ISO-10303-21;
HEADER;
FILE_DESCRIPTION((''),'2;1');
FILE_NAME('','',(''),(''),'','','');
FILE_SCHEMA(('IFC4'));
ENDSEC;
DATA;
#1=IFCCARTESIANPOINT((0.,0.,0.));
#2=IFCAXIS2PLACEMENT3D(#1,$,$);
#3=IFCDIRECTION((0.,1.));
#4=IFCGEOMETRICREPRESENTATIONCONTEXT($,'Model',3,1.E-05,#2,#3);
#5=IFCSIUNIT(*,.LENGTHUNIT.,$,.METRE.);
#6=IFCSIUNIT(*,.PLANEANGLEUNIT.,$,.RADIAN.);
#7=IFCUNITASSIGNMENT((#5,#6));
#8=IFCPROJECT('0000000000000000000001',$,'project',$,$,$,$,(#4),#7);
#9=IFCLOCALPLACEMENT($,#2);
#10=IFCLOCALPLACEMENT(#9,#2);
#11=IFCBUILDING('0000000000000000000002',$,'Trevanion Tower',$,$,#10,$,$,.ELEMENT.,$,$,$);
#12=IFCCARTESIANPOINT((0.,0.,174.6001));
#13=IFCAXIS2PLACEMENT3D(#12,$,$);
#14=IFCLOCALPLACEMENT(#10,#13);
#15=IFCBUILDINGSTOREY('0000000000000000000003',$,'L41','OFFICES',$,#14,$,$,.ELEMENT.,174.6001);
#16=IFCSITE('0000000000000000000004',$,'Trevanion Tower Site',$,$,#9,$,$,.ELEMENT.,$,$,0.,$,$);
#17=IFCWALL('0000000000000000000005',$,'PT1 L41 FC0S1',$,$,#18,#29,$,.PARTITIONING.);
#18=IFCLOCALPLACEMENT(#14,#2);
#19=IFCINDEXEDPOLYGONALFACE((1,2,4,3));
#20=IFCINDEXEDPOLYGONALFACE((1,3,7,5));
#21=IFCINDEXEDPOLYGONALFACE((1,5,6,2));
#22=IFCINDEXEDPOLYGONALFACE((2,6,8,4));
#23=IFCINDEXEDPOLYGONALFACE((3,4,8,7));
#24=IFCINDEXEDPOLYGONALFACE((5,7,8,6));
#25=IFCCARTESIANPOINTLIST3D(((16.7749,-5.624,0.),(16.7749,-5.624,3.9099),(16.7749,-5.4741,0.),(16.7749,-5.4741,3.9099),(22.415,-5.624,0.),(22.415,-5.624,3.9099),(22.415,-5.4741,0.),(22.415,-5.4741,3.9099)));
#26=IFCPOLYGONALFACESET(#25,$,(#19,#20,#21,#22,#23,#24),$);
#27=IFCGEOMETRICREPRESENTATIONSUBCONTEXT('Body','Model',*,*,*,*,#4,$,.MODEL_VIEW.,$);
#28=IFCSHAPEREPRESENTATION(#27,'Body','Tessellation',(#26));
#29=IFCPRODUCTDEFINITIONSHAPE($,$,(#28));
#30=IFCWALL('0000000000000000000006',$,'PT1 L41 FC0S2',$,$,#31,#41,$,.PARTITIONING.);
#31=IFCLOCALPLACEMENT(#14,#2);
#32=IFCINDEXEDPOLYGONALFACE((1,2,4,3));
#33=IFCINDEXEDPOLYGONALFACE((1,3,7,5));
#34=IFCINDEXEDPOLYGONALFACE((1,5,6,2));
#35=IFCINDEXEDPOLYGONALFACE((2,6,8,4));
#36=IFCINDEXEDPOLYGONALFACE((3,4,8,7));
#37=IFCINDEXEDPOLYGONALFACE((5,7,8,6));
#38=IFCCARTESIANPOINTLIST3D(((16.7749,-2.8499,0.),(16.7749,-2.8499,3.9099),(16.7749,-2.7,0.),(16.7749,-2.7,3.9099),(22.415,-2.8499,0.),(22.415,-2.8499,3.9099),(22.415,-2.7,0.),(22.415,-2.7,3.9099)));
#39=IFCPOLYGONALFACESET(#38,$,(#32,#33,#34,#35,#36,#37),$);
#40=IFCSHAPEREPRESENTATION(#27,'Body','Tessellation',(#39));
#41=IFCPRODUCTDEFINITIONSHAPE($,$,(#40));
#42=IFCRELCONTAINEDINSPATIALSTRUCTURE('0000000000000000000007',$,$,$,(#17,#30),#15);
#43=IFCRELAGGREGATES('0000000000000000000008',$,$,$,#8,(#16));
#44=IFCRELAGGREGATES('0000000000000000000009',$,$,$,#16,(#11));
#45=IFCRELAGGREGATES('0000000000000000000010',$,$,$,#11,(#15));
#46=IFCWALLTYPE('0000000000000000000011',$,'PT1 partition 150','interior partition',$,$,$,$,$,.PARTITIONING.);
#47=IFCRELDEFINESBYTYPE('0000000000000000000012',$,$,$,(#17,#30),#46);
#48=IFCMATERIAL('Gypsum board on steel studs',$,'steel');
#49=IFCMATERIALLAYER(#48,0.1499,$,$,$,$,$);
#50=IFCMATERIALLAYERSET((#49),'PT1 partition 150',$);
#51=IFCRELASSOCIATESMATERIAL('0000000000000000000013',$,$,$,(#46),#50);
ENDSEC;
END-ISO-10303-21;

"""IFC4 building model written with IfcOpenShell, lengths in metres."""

from ifc_helpers import new_model, si_unit, direction, frame, frame_2d, origin, place, context, subcontext, project, spatial, rectangle, extrude, material, layer, layer_set, type_object, element, save


model = new_model("IFC4")

# Units and contexts
model_context = context("Model", 3, precision=1e-05, world=origin(), true_north=direction((0.0, 1.0)))
body_context = subcontext(model_context, "Body", "Model", "MODEL_VIEW")
ifc_project = project(units=[si_unit("LENGTHUNIT", "METRE"), si_unit("PLANEANGLEUNIT", "RADIAN")], contexts=[model_context])

# Site, building, storey
site_placement = place(None, origin())
site = spatial("IfcSite", under=ifc_project, at=site_placement, Name="Trevanion Tower Site", CompositionType="ELEMENT", RefElevation=0.0)
building_placement = place(site_placement, origin())
building = spatial("IfcBuilding", under=site, at=building_placement, Name="Trevanion Tower", CompositionType="ELEMENT")
storey_placement = place(building_placement, frame((0.0, 0.0, 174.6001)))
storey = spatial("IfcBuildingStorey", under=building, at=storey_placement, Name="L41", Description="OFFICES", CompositionType="ELEMENT", Elevation=174.6001)

# Shared definitions
ifc_material_1 = material(Name="Gypsum board on steel studs", Category="steel")
ifc_layer_1 = layer(ifc_material_1, 0.1499)
ifc_layer_set_1 = layer_set([ifc_layer_1], Name="PT1 partition 150")
wall_type = type_object("IfcWallType", Name="PT1 partition 150", Description="interior partition", PredefinedType="PARTITIONING", material=ifc_layer_set_1)

# Walls
for number, where, z_axis, x_axis, name in (
    (1, (16.7749, -5.5491, 0.0), (0.0, 0.0, 1.0), (1.0, 0.0, 0.0), "PT1 L41 FC0S1"),
    (2, (16.7749, -2.7749, 0.0), (0.0, 0.0, 1.0), (1.0, 0.0, 0.0), "PT1 L41 FC0S2"),
):
    element("IfcWall", number, at=place(storey_placement, frame(where, z_axis=z_axis, x_axis=x_axis)), inside=storey, type_object=wall_type, Name=name, PredefinedType="PARTITIONING", context=body_context, shape_type="SweptSolid", body=[
        extrude(rectangle(XDim=5.6401, YDim=0.1499, at=frame_2d((2.8201, 0.0))), origin(), (0.0, 0.0, 1.0), 3.9099),
    ])

save(model, "model.ifc")
